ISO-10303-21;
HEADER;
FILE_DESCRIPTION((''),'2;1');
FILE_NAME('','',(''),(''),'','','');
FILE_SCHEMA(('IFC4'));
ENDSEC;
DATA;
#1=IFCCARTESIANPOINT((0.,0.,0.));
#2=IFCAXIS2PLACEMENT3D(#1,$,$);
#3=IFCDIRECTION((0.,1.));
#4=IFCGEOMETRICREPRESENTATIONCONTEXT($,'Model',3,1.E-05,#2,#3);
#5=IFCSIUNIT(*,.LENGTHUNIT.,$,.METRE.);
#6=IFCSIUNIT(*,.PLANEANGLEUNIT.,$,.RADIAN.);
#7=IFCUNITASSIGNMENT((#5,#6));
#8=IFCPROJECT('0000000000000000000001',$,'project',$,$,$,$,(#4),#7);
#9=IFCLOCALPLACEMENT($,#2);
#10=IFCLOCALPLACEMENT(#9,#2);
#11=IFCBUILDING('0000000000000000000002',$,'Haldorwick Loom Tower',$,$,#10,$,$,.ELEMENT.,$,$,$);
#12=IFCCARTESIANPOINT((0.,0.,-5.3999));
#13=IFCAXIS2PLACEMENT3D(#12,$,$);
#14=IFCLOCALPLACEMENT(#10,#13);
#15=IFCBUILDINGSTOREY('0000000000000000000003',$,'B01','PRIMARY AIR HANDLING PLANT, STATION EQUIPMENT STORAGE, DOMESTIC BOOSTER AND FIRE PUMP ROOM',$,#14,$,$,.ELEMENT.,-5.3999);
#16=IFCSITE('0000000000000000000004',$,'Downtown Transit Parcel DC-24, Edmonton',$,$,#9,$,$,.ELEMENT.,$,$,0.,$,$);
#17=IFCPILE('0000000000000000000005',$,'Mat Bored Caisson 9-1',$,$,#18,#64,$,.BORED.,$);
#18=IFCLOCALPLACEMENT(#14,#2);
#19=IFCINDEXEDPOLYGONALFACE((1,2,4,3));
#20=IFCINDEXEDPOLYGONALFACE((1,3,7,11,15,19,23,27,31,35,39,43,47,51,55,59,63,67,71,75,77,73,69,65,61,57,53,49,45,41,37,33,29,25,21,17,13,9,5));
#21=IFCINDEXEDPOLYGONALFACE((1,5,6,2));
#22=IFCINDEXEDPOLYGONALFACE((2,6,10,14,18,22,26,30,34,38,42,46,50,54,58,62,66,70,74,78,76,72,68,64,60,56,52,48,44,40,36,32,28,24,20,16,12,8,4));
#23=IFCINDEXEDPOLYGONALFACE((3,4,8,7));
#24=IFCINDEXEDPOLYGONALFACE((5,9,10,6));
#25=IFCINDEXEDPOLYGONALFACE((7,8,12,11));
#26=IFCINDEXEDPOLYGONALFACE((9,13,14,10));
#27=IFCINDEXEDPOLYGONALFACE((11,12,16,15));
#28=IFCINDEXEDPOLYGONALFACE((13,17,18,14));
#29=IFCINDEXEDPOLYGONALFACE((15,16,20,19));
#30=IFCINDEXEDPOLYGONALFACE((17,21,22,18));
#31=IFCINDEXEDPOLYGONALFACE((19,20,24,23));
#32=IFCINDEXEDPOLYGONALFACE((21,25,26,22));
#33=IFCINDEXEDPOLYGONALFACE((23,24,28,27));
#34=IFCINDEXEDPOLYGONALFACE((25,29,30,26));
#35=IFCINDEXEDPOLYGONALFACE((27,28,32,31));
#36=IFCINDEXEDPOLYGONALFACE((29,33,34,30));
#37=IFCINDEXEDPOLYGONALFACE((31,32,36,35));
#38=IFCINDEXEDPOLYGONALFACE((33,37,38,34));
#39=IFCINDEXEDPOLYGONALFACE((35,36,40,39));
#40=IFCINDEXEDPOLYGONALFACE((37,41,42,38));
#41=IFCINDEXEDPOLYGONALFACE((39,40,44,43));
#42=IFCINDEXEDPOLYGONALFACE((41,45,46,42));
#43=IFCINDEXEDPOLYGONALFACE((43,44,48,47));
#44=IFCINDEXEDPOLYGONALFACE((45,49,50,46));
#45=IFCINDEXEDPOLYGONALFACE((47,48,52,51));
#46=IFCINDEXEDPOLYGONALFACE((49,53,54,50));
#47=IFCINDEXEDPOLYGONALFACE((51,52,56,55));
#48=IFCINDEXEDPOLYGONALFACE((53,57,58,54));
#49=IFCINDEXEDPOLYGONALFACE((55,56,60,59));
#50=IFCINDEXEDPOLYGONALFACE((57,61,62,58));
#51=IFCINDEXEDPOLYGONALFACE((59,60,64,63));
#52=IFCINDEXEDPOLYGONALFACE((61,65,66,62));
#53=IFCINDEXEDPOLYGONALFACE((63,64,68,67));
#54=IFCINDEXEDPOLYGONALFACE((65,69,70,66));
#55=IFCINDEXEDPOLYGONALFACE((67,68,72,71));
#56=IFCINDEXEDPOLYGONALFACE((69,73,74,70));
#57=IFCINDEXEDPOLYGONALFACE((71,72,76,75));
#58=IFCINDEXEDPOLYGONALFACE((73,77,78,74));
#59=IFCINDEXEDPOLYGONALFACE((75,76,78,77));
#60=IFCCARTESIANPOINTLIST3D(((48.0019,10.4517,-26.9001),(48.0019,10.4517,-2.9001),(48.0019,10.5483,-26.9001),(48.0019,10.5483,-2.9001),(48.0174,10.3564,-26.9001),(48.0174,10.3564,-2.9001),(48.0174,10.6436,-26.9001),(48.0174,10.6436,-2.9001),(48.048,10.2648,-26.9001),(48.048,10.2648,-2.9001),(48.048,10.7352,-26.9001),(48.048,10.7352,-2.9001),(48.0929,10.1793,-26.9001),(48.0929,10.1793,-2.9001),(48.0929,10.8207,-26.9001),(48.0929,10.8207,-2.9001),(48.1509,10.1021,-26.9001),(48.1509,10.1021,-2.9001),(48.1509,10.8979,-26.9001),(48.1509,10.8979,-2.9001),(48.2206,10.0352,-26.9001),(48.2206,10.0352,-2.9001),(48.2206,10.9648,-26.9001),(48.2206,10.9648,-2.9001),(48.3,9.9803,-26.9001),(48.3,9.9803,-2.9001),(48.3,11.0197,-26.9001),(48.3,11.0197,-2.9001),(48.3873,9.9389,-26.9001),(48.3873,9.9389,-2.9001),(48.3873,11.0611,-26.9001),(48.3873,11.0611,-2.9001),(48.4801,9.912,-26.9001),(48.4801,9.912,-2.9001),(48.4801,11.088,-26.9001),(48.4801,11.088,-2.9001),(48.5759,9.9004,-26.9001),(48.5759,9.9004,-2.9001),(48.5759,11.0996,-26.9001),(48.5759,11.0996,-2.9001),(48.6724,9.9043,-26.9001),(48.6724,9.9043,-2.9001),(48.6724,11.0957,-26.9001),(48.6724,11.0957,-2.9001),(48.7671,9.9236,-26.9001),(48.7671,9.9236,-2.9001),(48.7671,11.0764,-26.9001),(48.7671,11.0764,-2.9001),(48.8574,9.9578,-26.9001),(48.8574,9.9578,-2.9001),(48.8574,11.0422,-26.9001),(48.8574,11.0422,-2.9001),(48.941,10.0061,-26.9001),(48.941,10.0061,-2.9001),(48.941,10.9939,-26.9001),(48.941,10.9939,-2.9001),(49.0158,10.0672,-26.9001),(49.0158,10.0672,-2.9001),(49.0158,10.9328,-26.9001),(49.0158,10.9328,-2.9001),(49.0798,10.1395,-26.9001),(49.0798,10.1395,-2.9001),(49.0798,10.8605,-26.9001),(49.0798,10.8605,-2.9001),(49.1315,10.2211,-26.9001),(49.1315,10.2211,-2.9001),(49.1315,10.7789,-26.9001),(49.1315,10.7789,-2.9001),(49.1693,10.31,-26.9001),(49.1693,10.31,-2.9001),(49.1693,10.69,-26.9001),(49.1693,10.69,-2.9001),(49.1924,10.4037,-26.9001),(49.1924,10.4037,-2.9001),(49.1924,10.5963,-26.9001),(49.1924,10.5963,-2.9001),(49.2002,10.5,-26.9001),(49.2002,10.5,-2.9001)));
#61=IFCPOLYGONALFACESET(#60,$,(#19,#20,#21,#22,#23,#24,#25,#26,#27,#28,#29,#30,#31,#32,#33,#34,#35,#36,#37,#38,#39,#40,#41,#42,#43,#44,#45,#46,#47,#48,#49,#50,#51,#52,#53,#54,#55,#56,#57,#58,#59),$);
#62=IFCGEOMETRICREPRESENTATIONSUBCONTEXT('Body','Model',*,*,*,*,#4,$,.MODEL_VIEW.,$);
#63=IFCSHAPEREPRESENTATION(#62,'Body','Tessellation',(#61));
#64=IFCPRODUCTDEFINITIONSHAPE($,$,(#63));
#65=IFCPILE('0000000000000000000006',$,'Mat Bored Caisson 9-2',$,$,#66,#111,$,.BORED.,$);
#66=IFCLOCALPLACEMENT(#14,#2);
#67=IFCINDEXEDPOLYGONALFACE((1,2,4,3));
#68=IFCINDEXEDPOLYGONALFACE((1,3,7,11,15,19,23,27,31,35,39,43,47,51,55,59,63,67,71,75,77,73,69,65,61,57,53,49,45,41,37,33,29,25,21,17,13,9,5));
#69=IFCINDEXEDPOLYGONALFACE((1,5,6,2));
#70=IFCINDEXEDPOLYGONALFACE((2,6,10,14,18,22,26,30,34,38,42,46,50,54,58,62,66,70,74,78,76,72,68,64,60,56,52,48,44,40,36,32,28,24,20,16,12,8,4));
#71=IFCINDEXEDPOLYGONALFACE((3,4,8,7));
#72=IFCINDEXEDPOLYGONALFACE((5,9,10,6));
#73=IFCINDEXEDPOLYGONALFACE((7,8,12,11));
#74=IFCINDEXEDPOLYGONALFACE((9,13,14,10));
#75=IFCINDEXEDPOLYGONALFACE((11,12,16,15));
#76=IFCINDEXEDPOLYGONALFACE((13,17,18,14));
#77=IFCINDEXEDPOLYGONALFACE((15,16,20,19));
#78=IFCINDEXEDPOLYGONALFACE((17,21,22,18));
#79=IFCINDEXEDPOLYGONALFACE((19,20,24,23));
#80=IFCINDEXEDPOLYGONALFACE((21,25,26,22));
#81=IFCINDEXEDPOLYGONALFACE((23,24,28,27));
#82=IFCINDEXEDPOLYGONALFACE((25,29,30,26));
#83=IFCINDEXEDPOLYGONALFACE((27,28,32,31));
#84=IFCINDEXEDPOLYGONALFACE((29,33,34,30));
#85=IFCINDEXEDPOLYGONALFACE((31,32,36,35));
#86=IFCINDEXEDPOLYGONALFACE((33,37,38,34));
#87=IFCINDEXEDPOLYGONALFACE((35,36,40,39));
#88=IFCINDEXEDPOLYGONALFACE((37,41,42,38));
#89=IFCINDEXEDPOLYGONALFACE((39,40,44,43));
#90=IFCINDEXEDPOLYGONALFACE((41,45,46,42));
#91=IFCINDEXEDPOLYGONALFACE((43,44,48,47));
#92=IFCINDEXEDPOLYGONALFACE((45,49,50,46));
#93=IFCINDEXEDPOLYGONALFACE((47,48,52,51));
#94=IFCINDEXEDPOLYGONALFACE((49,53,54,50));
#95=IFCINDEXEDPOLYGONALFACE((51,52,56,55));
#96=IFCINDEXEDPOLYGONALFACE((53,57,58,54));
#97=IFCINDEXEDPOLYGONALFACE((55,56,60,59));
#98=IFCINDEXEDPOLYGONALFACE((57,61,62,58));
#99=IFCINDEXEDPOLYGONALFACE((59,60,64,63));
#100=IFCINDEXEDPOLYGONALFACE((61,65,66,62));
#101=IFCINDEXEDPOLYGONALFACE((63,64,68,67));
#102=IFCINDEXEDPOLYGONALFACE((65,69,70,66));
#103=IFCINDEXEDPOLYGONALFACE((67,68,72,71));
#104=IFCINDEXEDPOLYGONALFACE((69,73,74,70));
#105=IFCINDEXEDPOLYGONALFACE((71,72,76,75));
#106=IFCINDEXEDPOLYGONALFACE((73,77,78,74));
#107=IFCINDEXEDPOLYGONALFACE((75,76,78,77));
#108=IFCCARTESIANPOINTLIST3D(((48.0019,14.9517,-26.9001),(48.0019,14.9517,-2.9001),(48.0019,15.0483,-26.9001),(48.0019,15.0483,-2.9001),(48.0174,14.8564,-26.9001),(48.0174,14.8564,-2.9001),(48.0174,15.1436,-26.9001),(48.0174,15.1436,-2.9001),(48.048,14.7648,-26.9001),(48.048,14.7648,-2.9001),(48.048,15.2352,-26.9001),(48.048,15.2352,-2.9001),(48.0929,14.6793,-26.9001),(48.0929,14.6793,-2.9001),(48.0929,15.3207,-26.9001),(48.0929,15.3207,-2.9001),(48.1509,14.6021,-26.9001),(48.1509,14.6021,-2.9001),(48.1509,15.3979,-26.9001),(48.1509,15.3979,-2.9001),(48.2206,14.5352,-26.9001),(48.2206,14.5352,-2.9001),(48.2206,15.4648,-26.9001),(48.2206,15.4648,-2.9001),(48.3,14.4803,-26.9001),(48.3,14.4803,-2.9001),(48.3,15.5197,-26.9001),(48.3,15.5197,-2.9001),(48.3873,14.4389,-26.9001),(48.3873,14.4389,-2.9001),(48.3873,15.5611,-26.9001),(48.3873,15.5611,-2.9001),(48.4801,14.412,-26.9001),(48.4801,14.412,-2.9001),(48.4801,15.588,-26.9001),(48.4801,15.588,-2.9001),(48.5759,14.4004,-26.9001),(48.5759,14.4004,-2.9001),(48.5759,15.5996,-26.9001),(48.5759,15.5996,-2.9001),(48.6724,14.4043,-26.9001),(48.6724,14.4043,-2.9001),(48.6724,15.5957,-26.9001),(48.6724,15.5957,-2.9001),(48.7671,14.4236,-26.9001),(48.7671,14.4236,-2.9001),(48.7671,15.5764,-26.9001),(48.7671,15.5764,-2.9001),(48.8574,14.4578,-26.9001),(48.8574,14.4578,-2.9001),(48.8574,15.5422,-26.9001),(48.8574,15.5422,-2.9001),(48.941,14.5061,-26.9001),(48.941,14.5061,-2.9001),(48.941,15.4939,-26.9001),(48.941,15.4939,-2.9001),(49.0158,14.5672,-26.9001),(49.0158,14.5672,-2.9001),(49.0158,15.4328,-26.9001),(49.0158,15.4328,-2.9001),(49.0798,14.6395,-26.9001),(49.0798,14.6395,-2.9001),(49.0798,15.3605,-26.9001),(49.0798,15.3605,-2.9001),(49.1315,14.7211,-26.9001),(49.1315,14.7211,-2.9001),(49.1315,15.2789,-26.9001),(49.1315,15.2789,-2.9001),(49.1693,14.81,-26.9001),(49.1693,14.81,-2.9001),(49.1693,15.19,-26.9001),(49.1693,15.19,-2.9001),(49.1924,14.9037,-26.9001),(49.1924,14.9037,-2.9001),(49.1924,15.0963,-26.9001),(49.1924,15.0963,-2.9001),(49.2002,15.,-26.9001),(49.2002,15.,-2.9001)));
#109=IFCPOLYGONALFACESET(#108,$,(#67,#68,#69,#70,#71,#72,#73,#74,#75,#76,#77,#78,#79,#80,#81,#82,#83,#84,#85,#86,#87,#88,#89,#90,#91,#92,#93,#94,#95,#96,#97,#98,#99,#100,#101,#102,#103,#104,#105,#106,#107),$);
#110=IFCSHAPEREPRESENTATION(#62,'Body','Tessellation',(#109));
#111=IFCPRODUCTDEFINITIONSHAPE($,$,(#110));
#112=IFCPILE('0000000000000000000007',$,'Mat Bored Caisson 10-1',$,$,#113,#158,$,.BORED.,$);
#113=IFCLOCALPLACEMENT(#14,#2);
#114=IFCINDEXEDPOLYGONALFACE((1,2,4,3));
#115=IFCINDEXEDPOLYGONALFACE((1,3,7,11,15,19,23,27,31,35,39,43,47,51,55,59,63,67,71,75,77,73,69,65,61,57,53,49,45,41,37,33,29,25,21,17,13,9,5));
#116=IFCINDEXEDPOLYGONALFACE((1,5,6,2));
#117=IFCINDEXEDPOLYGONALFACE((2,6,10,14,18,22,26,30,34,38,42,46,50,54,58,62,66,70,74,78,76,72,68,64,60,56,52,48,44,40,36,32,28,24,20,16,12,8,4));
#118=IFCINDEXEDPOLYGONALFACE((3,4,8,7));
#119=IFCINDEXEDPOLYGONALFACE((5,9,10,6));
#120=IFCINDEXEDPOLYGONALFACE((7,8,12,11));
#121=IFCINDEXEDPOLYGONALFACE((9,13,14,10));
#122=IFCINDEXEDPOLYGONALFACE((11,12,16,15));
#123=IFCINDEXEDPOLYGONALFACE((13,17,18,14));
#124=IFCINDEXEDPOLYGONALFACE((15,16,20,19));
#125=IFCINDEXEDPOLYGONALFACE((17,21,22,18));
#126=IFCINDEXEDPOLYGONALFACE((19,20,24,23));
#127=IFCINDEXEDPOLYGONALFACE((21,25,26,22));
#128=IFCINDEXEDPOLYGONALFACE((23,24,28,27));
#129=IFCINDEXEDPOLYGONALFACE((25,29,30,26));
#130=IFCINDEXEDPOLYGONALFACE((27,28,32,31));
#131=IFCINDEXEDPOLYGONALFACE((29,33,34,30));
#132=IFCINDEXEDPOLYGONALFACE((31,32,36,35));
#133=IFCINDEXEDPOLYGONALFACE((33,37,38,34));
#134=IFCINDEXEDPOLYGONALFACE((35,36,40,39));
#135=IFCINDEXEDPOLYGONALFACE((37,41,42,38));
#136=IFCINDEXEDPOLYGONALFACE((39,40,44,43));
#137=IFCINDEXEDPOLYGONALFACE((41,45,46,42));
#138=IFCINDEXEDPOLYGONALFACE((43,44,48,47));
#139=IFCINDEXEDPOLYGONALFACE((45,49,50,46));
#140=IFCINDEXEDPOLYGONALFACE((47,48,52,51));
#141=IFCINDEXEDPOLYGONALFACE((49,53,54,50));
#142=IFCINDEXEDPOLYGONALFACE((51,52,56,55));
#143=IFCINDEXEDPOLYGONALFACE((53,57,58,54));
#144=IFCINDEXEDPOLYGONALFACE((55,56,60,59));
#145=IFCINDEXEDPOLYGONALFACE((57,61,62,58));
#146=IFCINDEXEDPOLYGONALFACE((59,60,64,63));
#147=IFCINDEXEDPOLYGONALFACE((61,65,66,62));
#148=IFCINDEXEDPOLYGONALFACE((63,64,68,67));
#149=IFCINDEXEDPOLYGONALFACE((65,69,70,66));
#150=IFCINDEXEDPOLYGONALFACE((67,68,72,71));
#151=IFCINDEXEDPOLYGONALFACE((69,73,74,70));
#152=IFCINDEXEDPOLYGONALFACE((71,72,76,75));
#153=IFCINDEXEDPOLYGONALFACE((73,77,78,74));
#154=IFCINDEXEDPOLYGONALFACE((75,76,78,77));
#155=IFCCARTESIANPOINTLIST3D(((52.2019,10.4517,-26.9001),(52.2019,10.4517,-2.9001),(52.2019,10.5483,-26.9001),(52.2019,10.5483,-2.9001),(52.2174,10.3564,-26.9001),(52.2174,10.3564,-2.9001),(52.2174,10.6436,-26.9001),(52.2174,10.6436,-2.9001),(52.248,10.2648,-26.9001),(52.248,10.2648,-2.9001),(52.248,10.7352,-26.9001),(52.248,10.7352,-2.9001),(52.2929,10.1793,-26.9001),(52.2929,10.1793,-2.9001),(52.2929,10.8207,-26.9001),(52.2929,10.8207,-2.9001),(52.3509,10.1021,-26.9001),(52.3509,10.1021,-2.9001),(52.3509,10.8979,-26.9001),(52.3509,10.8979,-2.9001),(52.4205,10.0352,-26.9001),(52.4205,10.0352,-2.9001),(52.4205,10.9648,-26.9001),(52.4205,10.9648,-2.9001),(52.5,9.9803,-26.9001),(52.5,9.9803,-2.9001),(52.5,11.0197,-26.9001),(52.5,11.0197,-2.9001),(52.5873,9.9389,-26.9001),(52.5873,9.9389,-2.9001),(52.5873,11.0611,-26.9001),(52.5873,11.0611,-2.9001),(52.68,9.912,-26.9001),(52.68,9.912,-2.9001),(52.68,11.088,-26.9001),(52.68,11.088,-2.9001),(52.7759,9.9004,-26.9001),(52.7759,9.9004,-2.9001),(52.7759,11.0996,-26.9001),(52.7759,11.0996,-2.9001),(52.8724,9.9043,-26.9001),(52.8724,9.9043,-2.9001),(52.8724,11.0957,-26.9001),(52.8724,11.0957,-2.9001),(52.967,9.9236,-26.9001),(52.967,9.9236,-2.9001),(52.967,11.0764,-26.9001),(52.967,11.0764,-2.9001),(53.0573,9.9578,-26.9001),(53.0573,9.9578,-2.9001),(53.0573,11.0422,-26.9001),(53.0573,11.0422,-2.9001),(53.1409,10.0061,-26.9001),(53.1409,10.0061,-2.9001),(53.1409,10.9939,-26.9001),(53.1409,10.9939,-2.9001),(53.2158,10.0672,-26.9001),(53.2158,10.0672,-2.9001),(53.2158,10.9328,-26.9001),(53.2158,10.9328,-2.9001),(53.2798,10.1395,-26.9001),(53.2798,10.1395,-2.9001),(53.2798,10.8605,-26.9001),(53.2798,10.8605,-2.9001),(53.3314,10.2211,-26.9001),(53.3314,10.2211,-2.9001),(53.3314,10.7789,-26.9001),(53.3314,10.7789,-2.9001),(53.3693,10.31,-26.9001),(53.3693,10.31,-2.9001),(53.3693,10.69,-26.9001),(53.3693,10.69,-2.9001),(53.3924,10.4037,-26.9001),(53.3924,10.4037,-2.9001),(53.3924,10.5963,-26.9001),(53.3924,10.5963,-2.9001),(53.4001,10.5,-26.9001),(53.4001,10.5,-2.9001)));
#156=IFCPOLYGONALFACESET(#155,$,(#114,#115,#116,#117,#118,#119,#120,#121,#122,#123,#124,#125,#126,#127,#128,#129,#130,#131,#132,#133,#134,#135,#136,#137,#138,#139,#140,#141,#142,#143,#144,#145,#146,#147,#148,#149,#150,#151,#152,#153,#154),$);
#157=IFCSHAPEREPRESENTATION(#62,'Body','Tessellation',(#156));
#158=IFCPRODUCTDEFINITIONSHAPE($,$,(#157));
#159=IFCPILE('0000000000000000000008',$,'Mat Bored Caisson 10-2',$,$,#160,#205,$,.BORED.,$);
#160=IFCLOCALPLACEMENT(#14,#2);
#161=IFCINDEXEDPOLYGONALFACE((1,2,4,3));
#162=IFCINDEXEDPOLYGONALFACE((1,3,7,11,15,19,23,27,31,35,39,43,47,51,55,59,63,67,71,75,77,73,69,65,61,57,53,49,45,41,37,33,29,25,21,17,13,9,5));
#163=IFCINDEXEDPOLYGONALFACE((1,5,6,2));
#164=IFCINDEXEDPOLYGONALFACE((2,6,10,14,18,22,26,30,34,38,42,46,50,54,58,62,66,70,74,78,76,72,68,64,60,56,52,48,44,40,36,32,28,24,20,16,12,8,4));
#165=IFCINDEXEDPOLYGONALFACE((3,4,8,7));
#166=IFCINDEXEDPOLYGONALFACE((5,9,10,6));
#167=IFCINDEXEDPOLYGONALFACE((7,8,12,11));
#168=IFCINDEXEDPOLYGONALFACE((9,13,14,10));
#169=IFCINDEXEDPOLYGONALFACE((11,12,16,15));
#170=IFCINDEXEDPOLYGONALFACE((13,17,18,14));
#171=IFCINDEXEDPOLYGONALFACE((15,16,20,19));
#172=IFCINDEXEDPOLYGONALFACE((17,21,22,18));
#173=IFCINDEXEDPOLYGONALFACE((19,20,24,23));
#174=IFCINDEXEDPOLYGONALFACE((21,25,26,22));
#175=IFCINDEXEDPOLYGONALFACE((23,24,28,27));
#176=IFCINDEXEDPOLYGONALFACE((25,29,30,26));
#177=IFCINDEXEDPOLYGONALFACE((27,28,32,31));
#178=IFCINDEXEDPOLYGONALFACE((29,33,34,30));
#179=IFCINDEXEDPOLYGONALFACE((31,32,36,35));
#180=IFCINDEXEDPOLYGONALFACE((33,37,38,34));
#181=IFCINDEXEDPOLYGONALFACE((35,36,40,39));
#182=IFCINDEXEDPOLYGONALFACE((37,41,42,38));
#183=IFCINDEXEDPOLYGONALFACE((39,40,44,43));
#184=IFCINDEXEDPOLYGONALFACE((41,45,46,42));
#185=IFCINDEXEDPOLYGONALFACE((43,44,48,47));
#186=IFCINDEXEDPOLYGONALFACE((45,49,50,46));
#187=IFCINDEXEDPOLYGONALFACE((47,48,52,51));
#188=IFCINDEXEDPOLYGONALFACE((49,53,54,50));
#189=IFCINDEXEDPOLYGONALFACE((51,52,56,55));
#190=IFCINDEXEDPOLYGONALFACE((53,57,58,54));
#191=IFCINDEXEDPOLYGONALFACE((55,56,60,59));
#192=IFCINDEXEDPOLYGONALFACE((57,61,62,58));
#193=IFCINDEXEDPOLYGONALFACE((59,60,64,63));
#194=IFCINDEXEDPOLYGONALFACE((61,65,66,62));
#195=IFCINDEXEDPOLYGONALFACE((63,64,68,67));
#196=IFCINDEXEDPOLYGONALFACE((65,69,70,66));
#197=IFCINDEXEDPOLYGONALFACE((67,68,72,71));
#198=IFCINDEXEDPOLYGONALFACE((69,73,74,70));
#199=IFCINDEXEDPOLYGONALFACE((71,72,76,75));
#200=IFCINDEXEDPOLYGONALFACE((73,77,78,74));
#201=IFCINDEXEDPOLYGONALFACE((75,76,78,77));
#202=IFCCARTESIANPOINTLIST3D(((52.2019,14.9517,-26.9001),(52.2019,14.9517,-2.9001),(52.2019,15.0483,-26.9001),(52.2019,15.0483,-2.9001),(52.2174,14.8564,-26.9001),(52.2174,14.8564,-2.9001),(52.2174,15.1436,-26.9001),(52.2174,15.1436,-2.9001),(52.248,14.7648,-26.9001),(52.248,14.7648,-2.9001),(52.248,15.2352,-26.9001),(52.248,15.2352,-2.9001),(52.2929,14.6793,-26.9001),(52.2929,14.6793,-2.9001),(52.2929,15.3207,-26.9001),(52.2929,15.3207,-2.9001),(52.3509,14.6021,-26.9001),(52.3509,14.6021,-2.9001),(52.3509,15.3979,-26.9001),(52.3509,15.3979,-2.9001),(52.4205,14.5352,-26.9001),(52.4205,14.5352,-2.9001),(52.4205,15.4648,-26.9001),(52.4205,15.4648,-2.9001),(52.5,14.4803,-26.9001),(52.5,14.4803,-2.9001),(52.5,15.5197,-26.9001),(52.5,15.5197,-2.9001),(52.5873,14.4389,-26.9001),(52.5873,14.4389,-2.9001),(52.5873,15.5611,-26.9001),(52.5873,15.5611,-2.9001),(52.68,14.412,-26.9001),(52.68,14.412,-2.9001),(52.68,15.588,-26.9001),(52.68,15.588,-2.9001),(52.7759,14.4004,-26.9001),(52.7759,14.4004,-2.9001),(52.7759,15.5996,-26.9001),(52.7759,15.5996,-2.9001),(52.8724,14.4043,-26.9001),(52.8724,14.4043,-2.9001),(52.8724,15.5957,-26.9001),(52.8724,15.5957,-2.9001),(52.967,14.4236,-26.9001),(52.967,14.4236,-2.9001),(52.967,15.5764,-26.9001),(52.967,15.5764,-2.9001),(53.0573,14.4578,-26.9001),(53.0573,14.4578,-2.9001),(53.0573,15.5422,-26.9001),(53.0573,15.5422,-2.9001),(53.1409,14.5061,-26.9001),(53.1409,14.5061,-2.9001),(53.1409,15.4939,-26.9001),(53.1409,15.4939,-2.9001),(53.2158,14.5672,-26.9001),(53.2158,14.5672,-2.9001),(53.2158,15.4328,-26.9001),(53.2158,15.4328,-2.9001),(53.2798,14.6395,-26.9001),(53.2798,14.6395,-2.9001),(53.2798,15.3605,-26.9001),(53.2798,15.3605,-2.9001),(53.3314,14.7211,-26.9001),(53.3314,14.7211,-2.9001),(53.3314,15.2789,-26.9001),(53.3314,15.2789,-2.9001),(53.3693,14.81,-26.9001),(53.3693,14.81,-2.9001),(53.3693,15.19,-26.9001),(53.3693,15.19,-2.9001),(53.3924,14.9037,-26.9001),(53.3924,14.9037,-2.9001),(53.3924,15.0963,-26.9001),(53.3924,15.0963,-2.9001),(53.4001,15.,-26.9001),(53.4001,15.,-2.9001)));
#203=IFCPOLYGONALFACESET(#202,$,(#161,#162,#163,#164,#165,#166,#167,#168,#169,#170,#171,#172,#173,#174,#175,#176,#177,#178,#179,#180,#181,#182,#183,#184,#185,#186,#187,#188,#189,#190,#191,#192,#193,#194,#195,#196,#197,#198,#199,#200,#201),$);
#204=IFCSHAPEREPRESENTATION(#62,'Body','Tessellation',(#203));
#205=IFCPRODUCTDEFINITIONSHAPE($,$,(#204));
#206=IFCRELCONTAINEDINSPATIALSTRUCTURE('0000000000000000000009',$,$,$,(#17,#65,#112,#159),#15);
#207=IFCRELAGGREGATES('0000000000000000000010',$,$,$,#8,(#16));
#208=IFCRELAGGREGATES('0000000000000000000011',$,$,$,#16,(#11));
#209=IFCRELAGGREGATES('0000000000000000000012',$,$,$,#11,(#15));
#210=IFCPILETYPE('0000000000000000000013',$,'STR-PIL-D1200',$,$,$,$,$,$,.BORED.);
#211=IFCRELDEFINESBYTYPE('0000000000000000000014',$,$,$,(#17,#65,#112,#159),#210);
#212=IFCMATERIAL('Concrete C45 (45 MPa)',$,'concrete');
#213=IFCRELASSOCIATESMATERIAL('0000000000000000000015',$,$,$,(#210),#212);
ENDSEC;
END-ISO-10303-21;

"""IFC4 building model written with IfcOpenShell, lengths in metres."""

from ifc_helpers import new_model, si_unit, direction, frame, origin, origin_2d, place, context, subcontext, project, spatial, circle, extrude, material, material_profile, profile_set, type_object, element, save


model = new_model("IFC4")

# Units and contexts
model_context = context("Model", 3, precision=1e-05, world=origin(), true_north=direction((0.0, 1.0)))
body_context = subcontext(model_context, "Body", "Model", "MODEL_VIEW")
ifc_project = project(units=[si_unit("LENGTHUNIT", "METRE"), si_unit("PLANEANGLEUNIT", "RADIAN")], contexts=[model_context])

# Site, building, storey
site_placement = place(None, origin())
site = spatial("IfcSite", under=ifc_project, at=site_placement, Name="Downtown Transit Parcel DC-24, Edmonton", CompositionType="ELEMENT", RefElevation=0.0)
building_placement = place(site_placement, origin())
building = spatial("IfcBuilding", under=site, at=building_placement, Name="Haldorwick Loom Tower", CompositionType="ELEMENT")
storey_placement = place(building_placement, frame((0.0, 0.0, -5.3999)))
storey = spatial("IfcBuildingStorey", under=building, at=storey_placement, Name="B01", Description="PRIMARY AIR HANDLING PLANT, STATION EQUIPMENT STORAGE, DOMESTIC BOOSTER AND FIRE PUMP ROOM", CompositionType="ELEMENT", Elevation=-5.3999)

# Shared definitions
ifc_material_1 = material(Name="Concrete C45 (45 MPa)", Category="concrete")

# Piles
ifc_material_profile_1 = material_profile(ifc_material_1, circle(Radius=0.6001, at=origin_2d()), Name="CAISSON_D1200", Category="concrete")
ifc_profile_set_1 = profile_set([ifc_material_profile_1], Name="Concrete C45 (45 MPa)")
pile_type = type_object("IfcPileType", Name="STR-PIL-D1200", PredefinedType="BORED", material=ifc_profile_set_1)
for number, where, z_axis, x_axis, name in (
    (1, (48.6001, 10.5, -2.9001), (0.0, 0.0, -1.0), (1.0, 0.0, 0.0), "Mat Bored Caisson 9-1"),
    (2, (48.6001, 15.0, -2.9001), (0.0, 0.0, -1.0), (1.0, 0.0, 0.0), "Mat Bored Caisson 9-2"),
    (3, (52.8, 10.5, -2.9001), (0.0, 0.0, -1.0), (1.0, 0.0, 0.0), "Mat Bored Caisson 10-1"),
    (4, (52.8, 15.0, -2.9001), (0.0, 0.0, -1.0), (1.0, 0.0, 0.0), "Mat Bored Caisson 10-2"),
):
    element("IfcPile", number, at=place(storey_placement, frame(where, z_axis=z_axis, x_axis=x_axis)), inside=storey, type_object=pile_type, Name=name, PredefinedType="BORED", context=body_context, shape_type="SweptSolid", body=[
        extrude(circle(Radius=0.6001, at=origin_2d()), origin(), (0.0, 0.0, 1.0), 24.0),
    ])

save(model, "model.ifc")
